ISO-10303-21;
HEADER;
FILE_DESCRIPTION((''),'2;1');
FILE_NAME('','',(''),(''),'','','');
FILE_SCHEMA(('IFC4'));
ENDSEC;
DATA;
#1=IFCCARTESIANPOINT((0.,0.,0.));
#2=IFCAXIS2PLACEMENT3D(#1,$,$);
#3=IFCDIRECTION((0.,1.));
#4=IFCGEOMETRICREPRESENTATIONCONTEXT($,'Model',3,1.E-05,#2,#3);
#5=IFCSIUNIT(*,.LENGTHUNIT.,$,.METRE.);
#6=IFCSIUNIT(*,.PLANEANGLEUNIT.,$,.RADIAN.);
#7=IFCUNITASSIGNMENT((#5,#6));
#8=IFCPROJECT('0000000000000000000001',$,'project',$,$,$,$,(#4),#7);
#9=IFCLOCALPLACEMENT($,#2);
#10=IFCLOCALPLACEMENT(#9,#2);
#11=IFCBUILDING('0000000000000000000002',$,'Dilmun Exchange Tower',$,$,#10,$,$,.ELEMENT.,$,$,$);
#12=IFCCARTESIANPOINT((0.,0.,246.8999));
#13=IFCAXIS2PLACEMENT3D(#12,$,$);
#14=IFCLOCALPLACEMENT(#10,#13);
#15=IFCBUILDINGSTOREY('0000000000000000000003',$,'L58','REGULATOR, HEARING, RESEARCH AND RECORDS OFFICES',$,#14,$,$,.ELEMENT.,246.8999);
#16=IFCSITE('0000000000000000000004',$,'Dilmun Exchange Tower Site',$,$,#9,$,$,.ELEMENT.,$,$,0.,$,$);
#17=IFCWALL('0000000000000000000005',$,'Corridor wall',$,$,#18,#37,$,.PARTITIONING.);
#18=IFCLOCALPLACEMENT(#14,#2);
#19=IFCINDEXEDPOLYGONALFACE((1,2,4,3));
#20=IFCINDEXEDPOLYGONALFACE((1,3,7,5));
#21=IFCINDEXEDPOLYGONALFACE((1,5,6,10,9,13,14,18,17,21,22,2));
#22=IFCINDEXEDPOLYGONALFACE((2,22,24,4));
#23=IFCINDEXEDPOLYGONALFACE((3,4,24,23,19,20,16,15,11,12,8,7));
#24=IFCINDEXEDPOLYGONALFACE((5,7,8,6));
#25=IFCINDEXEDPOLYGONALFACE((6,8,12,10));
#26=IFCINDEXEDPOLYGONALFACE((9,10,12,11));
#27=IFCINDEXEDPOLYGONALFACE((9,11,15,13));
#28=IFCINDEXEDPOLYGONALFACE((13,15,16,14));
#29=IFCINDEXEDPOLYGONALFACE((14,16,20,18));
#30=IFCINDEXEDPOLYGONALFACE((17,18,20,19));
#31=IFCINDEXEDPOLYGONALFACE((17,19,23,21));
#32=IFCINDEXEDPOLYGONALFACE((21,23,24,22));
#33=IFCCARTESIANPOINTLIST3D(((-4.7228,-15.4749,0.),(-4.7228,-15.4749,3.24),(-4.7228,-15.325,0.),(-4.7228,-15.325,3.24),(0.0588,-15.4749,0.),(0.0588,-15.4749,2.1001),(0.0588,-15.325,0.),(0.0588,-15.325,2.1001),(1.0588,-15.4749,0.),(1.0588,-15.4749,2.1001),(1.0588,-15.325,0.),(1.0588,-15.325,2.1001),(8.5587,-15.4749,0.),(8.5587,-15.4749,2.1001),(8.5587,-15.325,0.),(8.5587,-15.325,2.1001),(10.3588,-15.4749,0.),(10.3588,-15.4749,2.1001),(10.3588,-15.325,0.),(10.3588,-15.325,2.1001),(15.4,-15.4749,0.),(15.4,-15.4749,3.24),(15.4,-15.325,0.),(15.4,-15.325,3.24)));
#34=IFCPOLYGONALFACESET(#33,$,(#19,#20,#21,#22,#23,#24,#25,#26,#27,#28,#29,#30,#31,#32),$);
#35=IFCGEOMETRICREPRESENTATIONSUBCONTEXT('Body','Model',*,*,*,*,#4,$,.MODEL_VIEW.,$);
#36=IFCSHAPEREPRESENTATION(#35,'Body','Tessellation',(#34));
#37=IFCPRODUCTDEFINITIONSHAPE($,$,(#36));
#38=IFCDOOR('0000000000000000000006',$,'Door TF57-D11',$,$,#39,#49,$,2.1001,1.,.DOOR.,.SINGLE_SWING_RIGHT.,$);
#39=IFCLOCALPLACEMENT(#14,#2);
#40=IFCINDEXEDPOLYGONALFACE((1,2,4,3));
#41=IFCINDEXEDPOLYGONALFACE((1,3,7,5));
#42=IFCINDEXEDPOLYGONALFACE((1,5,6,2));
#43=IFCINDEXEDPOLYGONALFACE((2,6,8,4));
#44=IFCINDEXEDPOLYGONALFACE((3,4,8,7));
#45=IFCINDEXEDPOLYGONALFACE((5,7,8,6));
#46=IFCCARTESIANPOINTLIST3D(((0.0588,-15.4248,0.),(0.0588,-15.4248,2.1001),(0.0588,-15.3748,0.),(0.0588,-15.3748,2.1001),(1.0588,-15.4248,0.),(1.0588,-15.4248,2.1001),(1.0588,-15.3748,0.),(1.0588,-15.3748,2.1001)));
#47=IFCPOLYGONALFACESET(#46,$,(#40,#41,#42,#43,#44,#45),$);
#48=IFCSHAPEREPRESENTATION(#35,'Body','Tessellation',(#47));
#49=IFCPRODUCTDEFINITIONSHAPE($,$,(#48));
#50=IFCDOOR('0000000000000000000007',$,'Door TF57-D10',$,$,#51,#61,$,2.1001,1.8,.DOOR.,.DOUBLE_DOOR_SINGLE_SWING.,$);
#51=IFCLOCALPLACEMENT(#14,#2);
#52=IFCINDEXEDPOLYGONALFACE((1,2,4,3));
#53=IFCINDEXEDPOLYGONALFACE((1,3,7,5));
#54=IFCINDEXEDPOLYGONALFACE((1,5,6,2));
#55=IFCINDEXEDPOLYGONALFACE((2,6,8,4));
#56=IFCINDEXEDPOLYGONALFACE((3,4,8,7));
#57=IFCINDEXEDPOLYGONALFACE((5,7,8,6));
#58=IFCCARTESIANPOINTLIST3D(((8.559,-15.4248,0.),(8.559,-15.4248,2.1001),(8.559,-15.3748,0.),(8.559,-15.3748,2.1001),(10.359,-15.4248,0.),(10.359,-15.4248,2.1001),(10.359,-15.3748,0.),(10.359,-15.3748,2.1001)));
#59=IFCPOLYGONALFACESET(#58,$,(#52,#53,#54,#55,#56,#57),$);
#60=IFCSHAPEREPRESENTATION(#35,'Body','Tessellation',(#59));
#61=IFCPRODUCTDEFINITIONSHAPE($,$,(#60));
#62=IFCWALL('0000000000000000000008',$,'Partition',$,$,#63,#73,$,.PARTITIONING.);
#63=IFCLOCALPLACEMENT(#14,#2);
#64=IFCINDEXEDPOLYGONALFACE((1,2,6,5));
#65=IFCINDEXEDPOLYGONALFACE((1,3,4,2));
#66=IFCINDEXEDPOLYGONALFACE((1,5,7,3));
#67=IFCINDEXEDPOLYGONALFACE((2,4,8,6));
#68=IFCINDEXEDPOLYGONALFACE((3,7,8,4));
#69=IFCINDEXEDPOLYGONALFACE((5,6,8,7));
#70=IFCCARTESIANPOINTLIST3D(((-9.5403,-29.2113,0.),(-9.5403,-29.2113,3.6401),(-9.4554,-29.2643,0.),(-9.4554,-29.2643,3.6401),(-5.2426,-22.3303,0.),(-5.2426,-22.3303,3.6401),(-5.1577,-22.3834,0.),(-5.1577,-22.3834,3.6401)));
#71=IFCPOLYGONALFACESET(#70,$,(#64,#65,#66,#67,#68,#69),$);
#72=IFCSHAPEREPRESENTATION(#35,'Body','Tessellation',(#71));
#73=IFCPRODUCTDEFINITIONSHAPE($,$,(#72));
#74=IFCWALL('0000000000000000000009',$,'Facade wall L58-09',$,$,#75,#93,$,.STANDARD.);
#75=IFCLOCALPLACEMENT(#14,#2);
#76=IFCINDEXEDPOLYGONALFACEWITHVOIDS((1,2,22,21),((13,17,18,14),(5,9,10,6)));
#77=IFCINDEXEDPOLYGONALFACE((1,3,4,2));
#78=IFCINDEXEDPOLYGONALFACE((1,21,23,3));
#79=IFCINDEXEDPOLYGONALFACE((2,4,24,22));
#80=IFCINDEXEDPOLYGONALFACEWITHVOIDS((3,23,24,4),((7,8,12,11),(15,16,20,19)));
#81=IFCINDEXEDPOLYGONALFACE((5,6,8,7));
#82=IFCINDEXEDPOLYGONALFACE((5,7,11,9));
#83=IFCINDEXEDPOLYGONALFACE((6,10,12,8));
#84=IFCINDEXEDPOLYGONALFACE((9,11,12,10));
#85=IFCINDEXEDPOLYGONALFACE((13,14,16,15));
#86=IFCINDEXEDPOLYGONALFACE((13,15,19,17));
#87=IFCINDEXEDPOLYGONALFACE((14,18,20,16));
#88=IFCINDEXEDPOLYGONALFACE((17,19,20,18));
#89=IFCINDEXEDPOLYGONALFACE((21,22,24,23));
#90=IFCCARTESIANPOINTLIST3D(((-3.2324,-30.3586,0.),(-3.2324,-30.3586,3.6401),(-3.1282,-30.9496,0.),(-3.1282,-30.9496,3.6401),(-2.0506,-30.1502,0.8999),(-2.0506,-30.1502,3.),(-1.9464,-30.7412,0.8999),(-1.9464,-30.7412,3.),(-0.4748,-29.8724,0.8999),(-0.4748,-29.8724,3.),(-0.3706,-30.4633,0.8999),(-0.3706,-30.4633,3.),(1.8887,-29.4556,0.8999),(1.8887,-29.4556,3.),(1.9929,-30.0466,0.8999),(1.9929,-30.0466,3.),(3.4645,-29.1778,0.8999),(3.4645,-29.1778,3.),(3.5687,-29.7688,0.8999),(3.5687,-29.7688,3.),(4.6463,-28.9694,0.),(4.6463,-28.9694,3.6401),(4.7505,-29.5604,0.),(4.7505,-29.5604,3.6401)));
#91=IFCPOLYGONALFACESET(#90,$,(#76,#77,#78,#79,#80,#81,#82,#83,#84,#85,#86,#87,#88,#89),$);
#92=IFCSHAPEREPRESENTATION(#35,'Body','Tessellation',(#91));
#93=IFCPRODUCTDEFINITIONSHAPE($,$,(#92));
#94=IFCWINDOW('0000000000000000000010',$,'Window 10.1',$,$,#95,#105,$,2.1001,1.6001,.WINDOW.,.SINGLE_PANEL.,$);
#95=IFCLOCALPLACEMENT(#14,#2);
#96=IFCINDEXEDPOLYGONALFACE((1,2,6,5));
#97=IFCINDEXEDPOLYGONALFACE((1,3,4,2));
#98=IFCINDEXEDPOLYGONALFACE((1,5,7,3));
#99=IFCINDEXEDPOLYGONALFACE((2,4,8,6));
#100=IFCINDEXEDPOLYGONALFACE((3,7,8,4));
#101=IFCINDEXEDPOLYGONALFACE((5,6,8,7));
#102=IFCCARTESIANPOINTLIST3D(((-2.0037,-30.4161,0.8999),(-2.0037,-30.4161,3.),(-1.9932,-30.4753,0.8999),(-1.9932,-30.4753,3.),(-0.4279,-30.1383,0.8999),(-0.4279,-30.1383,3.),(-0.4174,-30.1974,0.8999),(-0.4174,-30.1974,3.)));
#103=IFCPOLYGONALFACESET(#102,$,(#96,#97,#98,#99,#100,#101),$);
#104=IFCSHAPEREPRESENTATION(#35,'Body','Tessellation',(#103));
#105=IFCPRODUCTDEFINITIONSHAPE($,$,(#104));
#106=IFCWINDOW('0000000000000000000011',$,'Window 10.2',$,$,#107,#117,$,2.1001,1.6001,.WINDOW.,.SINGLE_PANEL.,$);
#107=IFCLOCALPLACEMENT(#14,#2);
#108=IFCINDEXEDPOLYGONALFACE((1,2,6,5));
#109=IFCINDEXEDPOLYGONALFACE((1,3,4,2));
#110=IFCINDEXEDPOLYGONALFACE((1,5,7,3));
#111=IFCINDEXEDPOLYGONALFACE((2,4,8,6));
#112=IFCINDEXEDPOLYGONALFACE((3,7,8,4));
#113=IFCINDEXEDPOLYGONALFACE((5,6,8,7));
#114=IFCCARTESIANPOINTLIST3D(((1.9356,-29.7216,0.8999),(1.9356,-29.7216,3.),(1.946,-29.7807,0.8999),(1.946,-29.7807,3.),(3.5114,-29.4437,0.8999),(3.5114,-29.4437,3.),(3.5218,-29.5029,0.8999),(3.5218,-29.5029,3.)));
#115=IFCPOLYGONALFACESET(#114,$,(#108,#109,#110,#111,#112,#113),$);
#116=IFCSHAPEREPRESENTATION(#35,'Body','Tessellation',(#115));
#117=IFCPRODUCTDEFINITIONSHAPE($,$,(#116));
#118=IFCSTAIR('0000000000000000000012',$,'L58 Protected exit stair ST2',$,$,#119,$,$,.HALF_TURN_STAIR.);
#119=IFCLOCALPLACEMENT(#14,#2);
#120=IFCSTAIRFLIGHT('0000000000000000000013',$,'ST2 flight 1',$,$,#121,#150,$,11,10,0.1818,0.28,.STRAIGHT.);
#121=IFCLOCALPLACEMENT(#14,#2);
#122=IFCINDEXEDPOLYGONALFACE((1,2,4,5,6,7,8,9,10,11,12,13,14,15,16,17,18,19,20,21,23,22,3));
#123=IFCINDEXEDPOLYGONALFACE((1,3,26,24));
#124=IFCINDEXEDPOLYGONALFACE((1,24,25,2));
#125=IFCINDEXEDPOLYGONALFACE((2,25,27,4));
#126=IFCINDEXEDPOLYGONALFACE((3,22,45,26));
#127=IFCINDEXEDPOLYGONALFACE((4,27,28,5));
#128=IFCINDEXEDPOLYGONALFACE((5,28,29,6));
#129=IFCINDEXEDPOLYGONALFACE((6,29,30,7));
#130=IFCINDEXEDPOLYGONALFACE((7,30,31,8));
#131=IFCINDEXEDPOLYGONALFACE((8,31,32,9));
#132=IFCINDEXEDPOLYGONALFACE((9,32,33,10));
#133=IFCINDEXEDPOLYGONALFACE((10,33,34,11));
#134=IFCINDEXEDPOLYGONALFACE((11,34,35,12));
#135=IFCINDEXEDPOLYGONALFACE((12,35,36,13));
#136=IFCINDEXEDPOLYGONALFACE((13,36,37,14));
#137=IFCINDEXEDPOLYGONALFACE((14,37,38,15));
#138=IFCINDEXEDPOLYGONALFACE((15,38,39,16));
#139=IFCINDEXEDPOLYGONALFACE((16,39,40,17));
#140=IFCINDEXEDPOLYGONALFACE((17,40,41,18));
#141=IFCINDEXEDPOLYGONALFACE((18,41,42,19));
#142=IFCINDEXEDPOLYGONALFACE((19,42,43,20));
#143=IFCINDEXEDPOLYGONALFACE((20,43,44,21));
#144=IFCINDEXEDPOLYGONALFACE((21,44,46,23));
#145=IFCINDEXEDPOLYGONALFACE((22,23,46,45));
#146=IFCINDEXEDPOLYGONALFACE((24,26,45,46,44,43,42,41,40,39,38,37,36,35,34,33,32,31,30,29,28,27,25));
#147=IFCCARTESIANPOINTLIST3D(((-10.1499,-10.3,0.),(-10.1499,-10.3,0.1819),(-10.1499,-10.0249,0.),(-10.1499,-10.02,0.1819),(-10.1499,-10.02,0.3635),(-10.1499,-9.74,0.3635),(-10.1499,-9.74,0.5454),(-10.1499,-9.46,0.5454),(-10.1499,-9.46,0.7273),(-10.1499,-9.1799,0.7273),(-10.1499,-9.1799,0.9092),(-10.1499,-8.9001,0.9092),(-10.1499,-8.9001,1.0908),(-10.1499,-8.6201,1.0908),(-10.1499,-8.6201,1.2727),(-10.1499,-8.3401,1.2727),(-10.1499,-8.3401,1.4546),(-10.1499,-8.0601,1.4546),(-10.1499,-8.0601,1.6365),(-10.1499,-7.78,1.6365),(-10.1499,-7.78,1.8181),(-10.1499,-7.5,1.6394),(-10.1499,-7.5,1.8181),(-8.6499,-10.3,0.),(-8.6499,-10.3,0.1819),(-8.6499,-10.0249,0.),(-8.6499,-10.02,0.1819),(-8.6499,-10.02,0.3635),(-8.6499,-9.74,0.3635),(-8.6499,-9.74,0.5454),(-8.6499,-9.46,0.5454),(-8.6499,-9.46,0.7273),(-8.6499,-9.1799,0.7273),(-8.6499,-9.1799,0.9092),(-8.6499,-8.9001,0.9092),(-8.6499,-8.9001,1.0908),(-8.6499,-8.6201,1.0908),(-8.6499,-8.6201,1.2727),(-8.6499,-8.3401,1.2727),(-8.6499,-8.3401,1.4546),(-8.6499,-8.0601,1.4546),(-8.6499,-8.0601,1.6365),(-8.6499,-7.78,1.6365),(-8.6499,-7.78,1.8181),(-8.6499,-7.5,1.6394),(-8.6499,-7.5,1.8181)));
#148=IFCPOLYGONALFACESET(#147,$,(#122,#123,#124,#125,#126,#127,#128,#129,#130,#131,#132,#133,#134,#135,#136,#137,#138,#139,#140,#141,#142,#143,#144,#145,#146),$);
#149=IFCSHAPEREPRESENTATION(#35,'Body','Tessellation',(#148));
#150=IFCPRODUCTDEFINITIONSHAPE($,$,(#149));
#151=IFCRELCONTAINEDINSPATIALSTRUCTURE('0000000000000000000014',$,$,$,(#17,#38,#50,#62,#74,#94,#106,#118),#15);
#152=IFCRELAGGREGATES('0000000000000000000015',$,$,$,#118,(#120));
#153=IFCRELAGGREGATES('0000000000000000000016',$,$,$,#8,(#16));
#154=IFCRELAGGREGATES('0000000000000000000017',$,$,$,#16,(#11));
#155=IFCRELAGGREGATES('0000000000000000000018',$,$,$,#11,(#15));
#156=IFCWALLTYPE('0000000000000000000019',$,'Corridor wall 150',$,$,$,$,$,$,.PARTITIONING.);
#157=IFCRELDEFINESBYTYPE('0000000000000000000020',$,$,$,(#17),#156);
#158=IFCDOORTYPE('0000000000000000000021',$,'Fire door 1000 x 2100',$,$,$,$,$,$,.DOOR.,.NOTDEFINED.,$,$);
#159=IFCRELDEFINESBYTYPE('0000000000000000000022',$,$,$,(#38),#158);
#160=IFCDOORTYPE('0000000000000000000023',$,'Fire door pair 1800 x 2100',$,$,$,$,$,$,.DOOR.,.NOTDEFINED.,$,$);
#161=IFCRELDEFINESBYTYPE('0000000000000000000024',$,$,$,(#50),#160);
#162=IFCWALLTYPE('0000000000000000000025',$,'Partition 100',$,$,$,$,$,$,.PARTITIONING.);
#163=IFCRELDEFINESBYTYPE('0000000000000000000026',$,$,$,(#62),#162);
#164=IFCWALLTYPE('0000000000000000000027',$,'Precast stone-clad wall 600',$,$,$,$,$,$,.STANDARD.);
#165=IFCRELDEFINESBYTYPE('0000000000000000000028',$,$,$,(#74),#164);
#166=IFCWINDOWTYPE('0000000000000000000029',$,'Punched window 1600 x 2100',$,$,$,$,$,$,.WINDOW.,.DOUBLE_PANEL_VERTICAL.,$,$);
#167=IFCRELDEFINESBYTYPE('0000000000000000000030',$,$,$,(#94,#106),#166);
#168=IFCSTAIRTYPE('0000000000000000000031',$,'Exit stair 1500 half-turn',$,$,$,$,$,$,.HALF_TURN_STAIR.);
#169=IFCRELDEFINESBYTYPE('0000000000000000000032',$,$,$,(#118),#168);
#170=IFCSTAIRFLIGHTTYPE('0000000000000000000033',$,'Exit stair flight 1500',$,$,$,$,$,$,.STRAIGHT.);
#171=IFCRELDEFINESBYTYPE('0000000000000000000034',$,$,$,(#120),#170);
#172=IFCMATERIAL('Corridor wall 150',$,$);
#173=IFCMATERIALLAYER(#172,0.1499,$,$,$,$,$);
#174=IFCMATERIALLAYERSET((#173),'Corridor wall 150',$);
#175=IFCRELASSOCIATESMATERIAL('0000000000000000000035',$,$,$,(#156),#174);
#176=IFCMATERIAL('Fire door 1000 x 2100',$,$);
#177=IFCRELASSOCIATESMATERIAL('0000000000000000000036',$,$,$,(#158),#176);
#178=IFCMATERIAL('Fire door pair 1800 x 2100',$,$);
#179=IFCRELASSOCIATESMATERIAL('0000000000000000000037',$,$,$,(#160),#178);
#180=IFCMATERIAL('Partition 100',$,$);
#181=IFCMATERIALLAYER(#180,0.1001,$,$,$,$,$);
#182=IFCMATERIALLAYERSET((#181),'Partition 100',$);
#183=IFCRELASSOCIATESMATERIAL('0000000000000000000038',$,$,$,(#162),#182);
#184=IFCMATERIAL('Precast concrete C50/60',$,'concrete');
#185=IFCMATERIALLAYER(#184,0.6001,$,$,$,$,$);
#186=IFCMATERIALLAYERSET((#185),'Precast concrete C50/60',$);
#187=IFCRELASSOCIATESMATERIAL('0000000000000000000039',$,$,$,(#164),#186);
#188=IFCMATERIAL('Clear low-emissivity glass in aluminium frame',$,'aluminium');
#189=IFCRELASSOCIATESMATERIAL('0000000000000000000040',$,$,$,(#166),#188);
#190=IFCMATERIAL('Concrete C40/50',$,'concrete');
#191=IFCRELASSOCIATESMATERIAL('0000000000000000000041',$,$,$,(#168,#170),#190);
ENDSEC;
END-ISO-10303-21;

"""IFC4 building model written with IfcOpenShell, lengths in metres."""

from ifc_helpers import new_model, si_unit, direction, frame, frame_2d, origin, place, context, subcontext, project, spatial, polyline, rectangle, outline, extrude, material, layer, layer_set, type_object, element, fill, aggregate, save


model = new_model("IFC4")

# Units and contexts
model_context = context("Model", 3, precision=1e-05, world=origin(), true_north=direction((0.0, 1.0)))
body_context = subcontext(model_context, "Body", "Model", "MODEL_VIEW")
ifc_project = project(units=[si_unit("LENGTHUNIT", "METRE"), si_unit("PLANEANGLEUNIT", "RADIAN")], contexts=[model_context])

# Site, building, storey
site_placement = place(None, origin())
site = spatial("IfcSite", under=ifc_project, at=site_placement, Name="Dilmun Exchange Tower Site", CompositionType="ELEMENT", RefElevation=0.0)
building_placement = place(site_placement, origin())
building = spatial("IfcBuilding", under=site, at=building_placement, Name="Dilmun Exchange Tower", CompositionType="ELEMENT")
storey_placement = place(building_placement, frame((0.0, 0.0, 246.8999)))
storey = spatial("IfcBuildingStorey", under=building, at=storey_placement, Name="L58", Description="REGULATOR, HEARING, RESEARCH AND RECORDS OFFICES", CompositionType="ELEMENT", Elevation=246.8999)

# Shared definitions
ifc_material_1 = material(Name="Concrete C40/50", Category="concrete")

# Shared definitions
ifc_material_2 = material(Name="Corridor wall 150")
ifc_layer_1 = layer(ifc_material_2, 0.1499)
ifc_layer_set_1 = layer_set([ifc_layer_1], Name="Corridor wall 150")
wall_type_1 = type_object("IfcWallType", Name="Corridor wall 150", PredefinedType="PARTITIONING", material=ifc_layer_set_1)

# Shared definitions
ifc_material_3 = material(Name="Fire door 1000 x 2100")
door_type_1 = type_object("IfcDoorType", Name="Fire door 1000 x 2100", OperationType="NOTDEFINED", PredefinedType="DOOR", material=ifc_material_3)

# Wall, openings, doors
wall_1_placement = place(storey_placement, frame((-4.7229, -15.3999, 0.0), z_axis=(0.0, 0.0, 1.0), x_axis=(1.0, 0.0, 0.0)))
wall_1 = element("IfcWall", 1, at=wall_1_placement, inside=storey, type_object=wall_type_1, Name="Corridor wall", PredefinedType="PARTITIONING", context=body_context, shape_type="SweptSolid", body=[
    extrude(rectangle(XDim=20.1228, YDim=0.1499, at=frame_2d((10.0615, 0.0))), origin(), (0.0, 0.0, 1.0), 3.24),
])
opening_1_placement = place(wall_1_placement, frame((13.2817, 0.0, 0.0)))
opening_1 = element("IfcOpeningElement", 2, at=opening_1_placement, cuts=wall_1, PredefinedType="OPENING", context=body_context, shape_type="SweptSolid", body=[
    extrude(rectangle(XDim=1.8, YDim=2.1001, at=frame_2d((0.8999, 1.05))), frame((0.0, 0.085, 0.0), z_axis=(0.0, -1.0, 0.0), x_axis=(1.0, 0.0, 0.0)), (0.0, 0.0, 1.0), 0.1699),
])
opening_2_placement = place(wall_1_placement, frame((4.7817, 0.0, 0.0)))
opening_2 = element("IfcOpeningElement", 3, at=opening_2_placement, cuts=wall_1, PredefinedType="OPENING", context=body_context, shape_type="SweptSolid", body=[
    extrude(rectangle(XDim=1.0, YDim=2.1001, at=frame_2d((0.5, 1.05))), frame((0.0, 0.085, 0.0), z_axis=(0.0, -1.0, 0.0), x_axis=(1.0, 0.0, 0.0)), (0.0, 0.0, 1.0), 0.1699),
])
door_1_placement = place(opening_2_placement, frame((1.0, 0.0, 0.0), z_axis=(0.0, 0.0, 1.0), x_axis=(-1.0, 0.0, 0.0)))
door_1 = element("IfcDoor", 4, at=door_1_placement, inside=storey, type_object=door_type_1, Name="Door TF57-D11", OperationType="SINGLE_SWING_RIGHT", OverallHeight=2.1001, OverallWidth=1.0, PredefinedType="DOOR", context=body_context, shape_type="SweptSolid", body=[
    extrude(rectangle(XDim=1.0, YDim=2.1001, at=frame_2d((0.5, 1.05))), frame((0.0, 0.0249, 0.0), z_axis=(0.0, -1.0, 0.0), x_axis=(1.0, 0.0, 0.0)), (0.0, 0.0, 1.0), 0.05),
])
fill(opening_2, door_1)
ifc_material_4 = material(Name="Fire door pair 1800 x 2100")
door_type_2 = type_object("IfcDoorType", Name="Fire door pair 1800 x 2100", OperationType="NOTDEFINED", PredefinedType="DOOR", material=ifc_material_4)
door_2_placement = place(opening_1_placement, frame((1.8, 0.0, 0.0), z_axis=(0.0, 0.0, 1.0), x_axis=(-1.0, 0.0, 0.0)))
door_2 = element("IfcDoor", 5, at=door_2_placement, inside=storey, type_object=door_type_2, Name="Door TF57-D10", OperationType="DOUBLE_DOOR_SINGLE_SWING", OverallHeight=2.1001, OverallWidth=1.8, PredefinedType="DOOR", context=body_context, shape_type="SweptSolid", body=[
    extrude(rectangle(XDim=1.8, YDim=2.1001, at=frame_2d((0.8999, 1.05))), frame((0.0, 0.0249, 0.0), z_axis=(0.0, -1.0, 0.0), x_axis=(1.0, 0.0, 0.0)), (0.0, 0.0, 1.0), 0.05),
])
fill(opening_1, door_2)

# Wall
ifc_material_5 = material(Name="Partition 100")
ifc_layer_2 = layer(ifc_material_5, 0.1001)
ifc_layer_set_2 = layer_set([ifc_layer_2], Name="Partition 100")
wall_type_2 = type_object("IfcWallType", Name="Partition 100", PredefinedType="PARTITIONING", material=ifc_layer_set_2)
wall_2_placement = place(storey_placement, frame((-9.4978, -29.2378, 0.0), z_axis=(0.0, 0.0, 1.0), x_axis=(0.529739, 0.848161, 0.0)))
element("IfcWall", 6, at=wall_2_placement, inside=storey, type_object=wall_type_2, Name="Partition", PredefinedType="PARTITIONING", context=body_context, shape_type="SweptSolid", body=[
    extrude(rectangle(XDim=8.1128, YDim=0.1001, at=frame_2d((4.0564, 0.0))), origin(), (0.0, 0.0, 1.0), 3.6401),
])

# Wall, openings, windows
ifc_material_6 = material(Name="Precast concrete C50/60", Category="concrete")
ifc_layer_3 = layer(ifc_material_6, 0.6001)
ifc_layer_set_3 = layer_set([ifc_layer_3], Name="Precast concrete C50/60")
wall_type_3 = type_object("IfcWallType", Name="Precast stone-clad wall 600", PredefinedType="STANDARD", material=ifc_layer_set_3)
wall_3_placement = place(storey_placement, frame((-3.1802, -30.6541, 0.0), z_axis=(0.0, 0.0, 1.0), x_axis=(0.984809, 0.173641, 0.0)))
wall_3 = element("IfcWall", 7, at=wall_3_placement, inside=storey, type_object=wall_type_3, Name="Facade wall L58-09", PredefinedType="STANDARD", context=body_context, shape_type="SweptSolid", body=[
    extrude(rectangle(XDim=8.0002, YDim=0.6001, at=frame_2d((4.0, 0.0))), origin(), (0.0, 0.0, 1.0), 3.6401),
])
opening_3_placement = place(wall_3_placement, frame((1.2, 0.0, 0.8999)))
opening_3 = element("IfcOpeningElement", 8, at=opening_3_placement, cuts=wall_3, PredefinedType="OPENING", context=body_context, shape_type="SweptSolid", body=[
    extrude(rectangle(XDim=1.6001, YDim=2.1001, at=frame_2d((0.8, 1.05))), frame((0.0, 0.3101, 0.0), z_axis=(0.0, -1.0, 0.0), x_axis=(1.0, 0.0, 0.0)), (0.0, 0.0, 1.0), 0.6201),
])
opening_4_placement = place(wall_3_placement, frame((5.2, 0.0, 0.8999)))
opening_4 = element("IfcOpeningElement", 9, at=opening_4_placement, cuts=wall_3, PredefinedType="OPENING", context=body_context, shape_type="SweptSolid", body=[
    extrude(rectangle(XDim=1.6001, YDim=2.1001, at=frame_2d((0.8, 1.05))), frame((0.0, 0.3101, 0.0), z_axis=(0.0, -1.0, 0.0), x_axis=(1.0, 0.0, 0.0)), (0.0, 0.0, 1.0), 0.6201),
])
ifc_material_7 = material(Name="Clear low-emissivity glass in aluminium frame", Category="aluminium")
window_type = type_object("IfcWindowType", Name="Punched window 1600 x 2100", PartitioningType="DOUBLE_PANEL_VERTICAL", PredefinedType="WINDOW", material=ifc_material_7)
window_1_placement = place(opening_3_placement, origin())
window_1 = element("IfcWindow", 10, at=window_1_placement, inside=storey, type_object=window_type, Name="Window 10.1", OverallHeight=2.1001, OverallWidth=1.6001, PartitioningType="SINGLE_PANEL", PredefinedType="WINDOW", context=body_context, shape_type="SweptSolid", body=[
    extrude(rectangle(XDim=1.6001, YDim=2.1001, at=frame_2d((0.8, 1.05))), frame((0.0, 0.03, 0.0), z_axis=(0.0, -1.0, 0.0), x_axis=(1.0, 0.0, 0.0)), (0.0, 0.0, 1.0), 0.0601),
])
fill(opening_3, window_1)
window_2_placement = place(opening_4_placement, origin())
window_2 = element("IfcWindow", 11, at=window_2_placement, inside=storey, type_object=window_type, Name="Window 10.2", OverallHeight=2.1001, OverallWidth=1.6001, PartitioningType="SINGLE_PANEL", PredefinedType="WINDOW", context=body_context, shape_type="SweptSolid", body=[
    extrude(rectangle(XDim=1.6001, YDim=2.1001, at=frame_2d((0.8, 1.05))), frame((0.0, 0.03, 0.0), z_axis=(0.0, -1.0, 0.0), x_axis=(1.0, 0.0, 0.0)), (0.0, 0.0, 1.0), 0.0601),
])
fill(opening_4, window_2)

# Stair, stair flight
stair_type = type_object("IfcStairType", Name="Exit stair 1500 half-turn", PredefinedType="HALF_TURN_STAIR", material=ifc_material_1)
stair_placement = place(storey_placement, origin())
stair = element("IfcStair", 12, at=stair_placement, inside=storey, type_object=stair_type, Name="L58 Protected exit stair ST2", PredefinedType="HALF_TURN_STAIR")
stair_flight_type = type_object("IfcStairFlightType", Name="Exit stair flight 1500", PredefinedType="STRAIGHT", material=ifc_material_1)
stair_flight_placement = place(storey_placement, frame((-9.3999, -10.3, 0.0), z_axis=(0.0, 0.0, 1.0), x_axis=(0.0, 1.0, 0.0)))
stair_flight = element("IfcStairFlight", 13, at=stair_flight_placement, type_object=stair_flight_type, Name="ST2 flight 1", NumberOfRisers=11, NumberOfTreads=10, PredefinedType="STRAIGHT", RiserHeight=0.1818, TreadLength=0.28, context=body_context, shape_type="SweptSolid", body=[
    extrude(outline(polyline([(0.0, 0.0), (0.0, 0.1819), (0.28, 0.1819), (0.28, 0.3635), (0.5601, 0.3635), (0.5601, 0.5454), (0.8401, 0.5454), (0.8401, 0.7273), (1.1201, 0.7273), (1.1201, 0.9092), (1.3999, 0.9092), (1.3999, 1.0908), (1.6799, 1.0908), (1.6799, 1.2727), (1.96, 1.2727), (1.96, 1.4546), (2.24, 1.4546), (2.24, 1.6365), (2.52, 1.6365), (2.52, 1.8181), (2.8, 1.8181), (2.8, 2.0), (2.8, 1.6394), (0.2751, 0.0), (0.0, 0.0)])), frame((0.0, 0.75, 0.0), z_axis=(0.0, -1.0, 0.0), x_axis=(1.0, 0.0, 0.0)), (0.0, 0.0, 1.0), 1.5),
])
aggregate(stair, [stair_flight])

save(model, "model.ifc")
